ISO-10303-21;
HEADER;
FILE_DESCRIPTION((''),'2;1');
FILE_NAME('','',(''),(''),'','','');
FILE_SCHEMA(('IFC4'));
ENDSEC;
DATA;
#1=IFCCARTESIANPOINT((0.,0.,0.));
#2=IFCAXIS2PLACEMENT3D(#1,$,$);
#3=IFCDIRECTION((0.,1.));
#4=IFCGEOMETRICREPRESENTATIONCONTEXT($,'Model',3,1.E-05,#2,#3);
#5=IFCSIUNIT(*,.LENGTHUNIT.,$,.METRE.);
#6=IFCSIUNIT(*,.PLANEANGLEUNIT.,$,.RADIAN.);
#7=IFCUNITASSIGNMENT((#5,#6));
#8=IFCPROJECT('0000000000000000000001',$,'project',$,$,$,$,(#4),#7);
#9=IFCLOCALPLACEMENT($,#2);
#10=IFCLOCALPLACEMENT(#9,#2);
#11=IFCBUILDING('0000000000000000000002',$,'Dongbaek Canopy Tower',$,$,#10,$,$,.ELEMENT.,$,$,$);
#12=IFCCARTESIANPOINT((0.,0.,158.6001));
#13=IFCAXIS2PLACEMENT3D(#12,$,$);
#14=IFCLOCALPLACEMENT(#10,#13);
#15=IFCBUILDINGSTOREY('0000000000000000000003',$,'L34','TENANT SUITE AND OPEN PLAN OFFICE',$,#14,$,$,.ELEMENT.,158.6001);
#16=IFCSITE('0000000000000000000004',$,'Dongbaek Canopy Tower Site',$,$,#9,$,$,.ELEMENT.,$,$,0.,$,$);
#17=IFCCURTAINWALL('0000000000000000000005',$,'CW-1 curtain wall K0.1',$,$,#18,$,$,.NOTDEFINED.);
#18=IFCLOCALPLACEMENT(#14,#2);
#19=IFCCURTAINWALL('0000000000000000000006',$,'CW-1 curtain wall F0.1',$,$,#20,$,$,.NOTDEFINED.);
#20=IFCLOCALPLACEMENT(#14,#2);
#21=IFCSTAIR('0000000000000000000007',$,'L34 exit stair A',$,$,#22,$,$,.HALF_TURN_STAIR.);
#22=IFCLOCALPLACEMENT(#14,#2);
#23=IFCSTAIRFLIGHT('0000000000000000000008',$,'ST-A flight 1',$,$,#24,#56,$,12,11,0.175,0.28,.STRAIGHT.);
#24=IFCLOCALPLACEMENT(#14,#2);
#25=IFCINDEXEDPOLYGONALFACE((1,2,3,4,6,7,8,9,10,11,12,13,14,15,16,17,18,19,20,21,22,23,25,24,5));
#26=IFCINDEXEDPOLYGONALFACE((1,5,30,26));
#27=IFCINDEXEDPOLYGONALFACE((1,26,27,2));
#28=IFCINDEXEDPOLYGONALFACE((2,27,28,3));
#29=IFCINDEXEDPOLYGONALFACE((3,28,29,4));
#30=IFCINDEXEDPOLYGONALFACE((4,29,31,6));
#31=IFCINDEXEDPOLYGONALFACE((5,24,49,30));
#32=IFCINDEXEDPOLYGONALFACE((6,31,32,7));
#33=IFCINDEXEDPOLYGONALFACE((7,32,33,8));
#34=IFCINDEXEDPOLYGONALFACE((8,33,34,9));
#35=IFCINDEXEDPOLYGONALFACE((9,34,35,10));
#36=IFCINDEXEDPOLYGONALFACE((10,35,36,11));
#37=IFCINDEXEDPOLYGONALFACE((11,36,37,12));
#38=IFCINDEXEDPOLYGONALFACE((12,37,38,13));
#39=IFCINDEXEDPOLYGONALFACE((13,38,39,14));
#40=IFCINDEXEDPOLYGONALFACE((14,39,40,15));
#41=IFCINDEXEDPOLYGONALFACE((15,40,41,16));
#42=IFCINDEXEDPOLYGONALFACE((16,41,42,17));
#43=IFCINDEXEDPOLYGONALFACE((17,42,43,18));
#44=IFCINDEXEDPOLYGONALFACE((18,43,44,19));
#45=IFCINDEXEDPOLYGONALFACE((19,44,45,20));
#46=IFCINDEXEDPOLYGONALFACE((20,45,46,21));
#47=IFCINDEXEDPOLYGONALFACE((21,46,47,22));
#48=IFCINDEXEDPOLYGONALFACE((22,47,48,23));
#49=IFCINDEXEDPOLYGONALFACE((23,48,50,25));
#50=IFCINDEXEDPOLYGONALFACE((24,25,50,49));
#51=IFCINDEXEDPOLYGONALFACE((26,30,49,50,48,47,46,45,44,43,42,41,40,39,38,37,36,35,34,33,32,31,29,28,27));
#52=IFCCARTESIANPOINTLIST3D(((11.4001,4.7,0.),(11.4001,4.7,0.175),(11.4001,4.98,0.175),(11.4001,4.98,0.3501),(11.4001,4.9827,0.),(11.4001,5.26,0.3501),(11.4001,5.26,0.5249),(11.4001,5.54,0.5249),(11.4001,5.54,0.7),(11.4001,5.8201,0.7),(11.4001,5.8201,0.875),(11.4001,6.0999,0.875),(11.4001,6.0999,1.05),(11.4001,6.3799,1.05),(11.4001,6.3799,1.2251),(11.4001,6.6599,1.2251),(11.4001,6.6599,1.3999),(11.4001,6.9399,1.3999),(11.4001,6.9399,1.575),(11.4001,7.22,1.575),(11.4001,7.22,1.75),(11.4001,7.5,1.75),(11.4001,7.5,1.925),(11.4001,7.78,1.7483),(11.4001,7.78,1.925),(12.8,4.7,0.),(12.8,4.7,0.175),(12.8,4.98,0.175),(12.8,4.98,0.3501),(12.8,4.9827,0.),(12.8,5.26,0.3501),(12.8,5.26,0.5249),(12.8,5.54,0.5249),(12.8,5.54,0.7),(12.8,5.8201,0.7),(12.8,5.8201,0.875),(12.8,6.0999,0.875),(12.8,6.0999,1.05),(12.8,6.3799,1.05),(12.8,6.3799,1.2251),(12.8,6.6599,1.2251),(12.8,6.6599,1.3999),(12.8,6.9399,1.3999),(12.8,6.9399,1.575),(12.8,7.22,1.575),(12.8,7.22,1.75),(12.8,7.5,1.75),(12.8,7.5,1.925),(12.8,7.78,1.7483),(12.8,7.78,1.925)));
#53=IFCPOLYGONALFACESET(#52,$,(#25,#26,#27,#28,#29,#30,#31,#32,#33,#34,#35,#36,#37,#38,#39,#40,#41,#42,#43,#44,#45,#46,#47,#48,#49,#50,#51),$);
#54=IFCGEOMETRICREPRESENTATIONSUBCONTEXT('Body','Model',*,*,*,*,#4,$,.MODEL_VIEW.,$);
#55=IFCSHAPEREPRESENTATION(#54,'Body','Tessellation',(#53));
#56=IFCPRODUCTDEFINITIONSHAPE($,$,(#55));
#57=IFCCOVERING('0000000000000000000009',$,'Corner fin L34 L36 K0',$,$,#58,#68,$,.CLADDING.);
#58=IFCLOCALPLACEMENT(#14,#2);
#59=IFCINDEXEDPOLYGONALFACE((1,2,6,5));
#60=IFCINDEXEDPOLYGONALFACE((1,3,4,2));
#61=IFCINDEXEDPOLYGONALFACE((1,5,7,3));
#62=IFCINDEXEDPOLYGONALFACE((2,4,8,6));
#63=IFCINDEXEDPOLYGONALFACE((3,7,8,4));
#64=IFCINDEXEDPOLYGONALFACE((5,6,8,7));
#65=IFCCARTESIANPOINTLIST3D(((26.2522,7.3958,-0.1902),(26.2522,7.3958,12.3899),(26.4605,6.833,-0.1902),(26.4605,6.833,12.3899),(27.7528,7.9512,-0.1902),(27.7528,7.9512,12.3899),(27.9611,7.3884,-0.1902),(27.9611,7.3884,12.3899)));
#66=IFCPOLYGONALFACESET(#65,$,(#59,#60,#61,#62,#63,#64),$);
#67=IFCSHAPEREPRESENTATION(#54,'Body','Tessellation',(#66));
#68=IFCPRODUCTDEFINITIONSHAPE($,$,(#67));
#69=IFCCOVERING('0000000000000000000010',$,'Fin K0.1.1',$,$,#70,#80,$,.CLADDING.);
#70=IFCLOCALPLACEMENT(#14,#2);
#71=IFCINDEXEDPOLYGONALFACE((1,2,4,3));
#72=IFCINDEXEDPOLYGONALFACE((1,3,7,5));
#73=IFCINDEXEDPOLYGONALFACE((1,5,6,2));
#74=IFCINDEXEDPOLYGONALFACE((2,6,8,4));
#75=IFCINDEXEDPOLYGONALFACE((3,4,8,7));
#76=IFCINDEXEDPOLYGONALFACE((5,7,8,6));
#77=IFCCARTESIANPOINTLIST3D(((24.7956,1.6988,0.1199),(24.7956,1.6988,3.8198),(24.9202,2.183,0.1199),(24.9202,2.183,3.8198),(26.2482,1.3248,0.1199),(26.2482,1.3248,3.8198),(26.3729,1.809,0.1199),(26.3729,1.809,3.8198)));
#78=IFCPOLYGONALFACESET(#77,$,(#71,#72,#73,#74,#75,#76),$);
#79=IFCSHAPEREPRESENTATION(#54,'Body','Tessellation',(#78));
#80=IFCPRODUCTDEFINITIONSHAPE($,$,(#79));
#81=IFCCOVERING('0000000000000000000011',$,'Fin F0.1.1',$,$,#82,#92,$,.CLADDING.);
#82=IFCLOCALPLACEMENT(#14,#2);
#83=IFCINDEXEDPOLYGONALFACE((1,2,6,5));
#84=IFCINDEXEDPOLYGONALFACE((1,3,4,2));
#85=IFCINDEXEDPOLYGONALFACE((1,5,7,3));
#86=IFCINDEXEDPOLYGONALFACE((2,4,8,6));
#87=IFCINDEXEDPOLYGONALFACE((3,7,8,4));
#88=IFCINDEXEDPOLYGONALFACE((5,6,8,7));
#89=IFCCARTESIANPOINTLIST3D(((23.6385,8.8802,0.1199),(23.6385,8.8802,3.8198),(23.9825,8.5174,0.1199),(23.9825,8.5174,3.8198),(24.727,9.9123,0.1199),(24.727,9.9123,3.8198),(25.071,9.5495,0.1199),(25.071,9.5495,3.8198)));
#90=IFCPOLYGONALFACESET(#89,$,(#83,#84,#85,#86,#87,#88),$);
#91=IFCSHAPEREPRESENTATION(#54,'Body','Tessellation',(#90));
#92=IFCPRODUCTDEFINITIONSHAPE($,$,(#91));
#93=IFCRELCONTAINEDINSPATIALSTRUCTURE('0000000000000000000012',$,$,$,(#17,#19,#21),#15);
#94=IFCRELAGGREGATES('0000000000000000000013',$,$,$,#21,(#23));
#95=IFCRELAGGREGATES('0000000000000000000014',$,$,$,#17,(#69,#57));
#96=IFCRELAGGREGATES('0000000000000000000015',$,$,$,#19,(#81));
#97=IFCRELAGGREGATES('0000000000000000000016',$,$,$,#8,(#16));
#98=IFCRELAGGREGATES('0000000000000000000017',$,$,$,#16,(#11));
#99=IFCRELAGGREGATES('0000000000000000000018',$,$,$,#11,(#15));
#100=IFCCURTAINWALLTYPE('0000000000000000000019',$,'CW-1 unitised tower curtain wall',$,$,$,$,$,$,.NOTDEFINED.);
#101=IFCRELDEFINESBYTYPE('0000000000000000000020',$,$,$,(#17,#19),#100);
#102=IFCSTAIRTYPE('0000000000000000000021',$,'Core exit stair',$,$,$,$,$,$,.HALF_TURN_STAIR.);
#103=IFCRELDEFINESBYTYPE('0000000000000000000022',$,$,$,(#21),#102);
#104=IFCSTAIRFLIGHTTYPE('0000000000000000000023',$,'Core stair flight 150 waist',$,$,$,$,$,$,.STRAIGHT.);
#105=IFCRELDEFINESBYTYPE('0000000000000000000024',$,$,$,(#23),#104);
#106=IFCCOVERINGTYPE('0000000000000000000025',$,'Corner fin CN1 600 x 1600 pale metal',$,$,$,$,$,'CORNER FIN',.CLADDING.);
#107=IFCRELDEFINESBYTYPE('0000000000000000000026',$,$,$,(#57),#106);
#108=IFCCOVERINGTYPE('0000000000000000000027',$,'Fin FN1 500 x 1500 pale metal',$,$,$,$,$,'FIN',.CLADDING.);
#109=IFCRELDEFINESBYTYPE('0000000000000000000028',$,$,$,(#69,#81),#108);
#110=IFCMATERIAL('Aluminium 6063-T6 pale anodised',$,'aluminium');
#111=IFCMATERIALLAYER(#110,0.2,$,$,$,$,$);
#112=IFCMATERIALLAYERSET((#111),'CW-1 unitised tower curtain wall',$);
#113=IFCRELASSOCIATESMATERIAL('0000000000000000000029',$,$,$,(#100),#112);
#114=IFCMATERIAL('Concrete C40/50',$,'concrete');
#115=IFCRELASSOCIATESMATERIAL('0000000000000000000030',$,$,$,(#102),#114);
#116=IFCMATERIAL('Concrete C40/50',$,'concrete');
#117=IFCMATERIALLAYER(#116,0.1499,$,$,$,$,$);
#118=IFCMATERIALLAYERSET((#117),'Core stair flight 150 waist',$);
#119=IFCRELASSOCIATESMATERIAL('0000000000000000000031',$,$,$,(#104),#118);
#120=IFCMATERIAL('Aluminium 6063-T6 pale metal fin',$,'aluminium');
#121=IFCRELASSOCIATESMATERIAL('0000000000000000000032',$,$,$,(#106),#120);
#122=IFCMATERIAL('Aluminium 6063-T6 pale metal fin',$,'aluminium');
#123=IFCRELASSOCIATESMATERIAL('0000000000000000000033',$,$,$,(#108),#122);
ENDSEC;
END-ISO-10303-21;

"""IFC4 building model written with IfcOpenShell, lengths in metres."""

from ifc_helpers import new_model, si_unit, direction, frame, origin, origin_2d, place, context, subcontext, project, spatial, polyline, rectangle, outline, extrude, material, layer, layer_set, material_profile, profile_set, type_object, element, aggregate, save


model = new_model("IFC4")

# Units and contexts
model_context = context("Model", 3, precision=1e-05, world=origin(), true_north=direction((0.0, 1.0)))
body_context = subcontext(model_context, "Body", "Model", "MODEL_VIEW")
ifc_project = project(units=[si_unit("LENGTHUNIT", "METRE"), si_unit("PLANEANGLEUNIT", "RADIAN")], contexts=[model_context])

# Site, building, storey
site_placement = place(None, origin())
site = spatial("IfcSite", under=ifc_project, at=site_placement, Name="Dongbaek Canopy Tower Site", CompositionType="ELEMENT", RefElevation=0.0)
building_placement = place(site_placement, origin())
building = spatial("IfcBuilding", under=site, at=building_placement, Name="Dongbaek Canopy Tower", CompositionType="ELEMENT")
storey_placement = place(building_placement, frame((0.0, 0.0, 158.6001)))
storey = spatial("IfcBuildingStorey", under=building, at=storey_placement, Name="L34", Description="TENANT SUITE AND OPEN PLAN OFFICE", CompositionType="ELEMENT", Elevation=158.6001)

# Curtain wall
ifc_material_1 = material(Name="Aluminium 6063-T6 pale anodised", Category="aluminium")
ifc_layer_1 = layer(ifc_material_1, 0.2)
ifc_layer_set_1 = layer_set([ifc_layer_1], Name="CW-1 unitised tower curtain wall")
curtain_wall_type = type_object("IfcCurtainWallType", Name="CW-1 unitised tower curtain wall", PredefinedType="NOTDEFINED", material=ifc_layer_set_1)
curtain_wall_1_placement = place(storey_placement, origin())
curtain_wall_1 = element("IfcCurtainWall", 1, at=curtain_wall_1_placement, inside=storey, type_object=curtain_wall_type, Name="CW-1 curtain wall K0.1", PredefinedType="NOTDEFINED")

# Curtain wall
curtain_wall_2_placement = place(storey_placement, origin())
curtain_wall_2 = element("IfcCurtainWall", 2, at=curtain_wall_2_placement, inside=storey, type_object=curtain_wall_type, Name="CW-1 curtain wall F0.1", PredefinedType="NOTDEFINED")

# Stair, stair flight
ifc_material_2 = material(Name="Concrete C40/50", Category="concrete")
stair_type = type_object("IfcStairType", Name="Core exit stair", PredefinedType="HALF_TURN_STAIR", material=ifc_material_2)
stair_placement = place(storey_placement, origin())
stair = element("IfcStair", 3, at=stair_placement, inside=storey, type_object=stair_type, Name="L34 exit stair A", PredefinedType="HALF_TURN_STAIR")
ifc_material_3 = material(Name="Concrete C40/50", Category="concrete")
ifc_layer_2 = layer(ifc_material_3, 0.1499)
ifc_layer_set_2 = layer_set([ifc_layer_2], Name="Core stair flight 150 waist")
stair_flight_type = type_object("IfcStairFlightType", Name="Core stair flight 150 waist", PredefinedType="STRAIGHT", material=ifc_layer_set_2)
stair_flight_placement = place(storey_placement, frame((12.1001, 4.7, 0.0), z_axis=(0.0, 0.0, 1.0), x_axis=(0.0, 1.0, 0.0)))
stair_flight = element("IfcStairFlight", 4, at=stair_flight_placement, type_object=stair_flight_type, Name="ST-A flight 1", NumberOfRisers=12, NumberOfTreads=11, PredefinedType="STRAIGHT", RiserHeight=0.175, TreadLength=0.28, context=body_context, shape_type="SweptSolid", body=[
    extrude(outline(polyline([(0.0, 0.0), (0.0, 0.175), (0.28, 0.175), (0.28, 0.3501), (0.5601, 0.3501), (0.5601, 0.5249), (0.8401, 0.5249), (0.8401, 0.7), (1.1201, 0.7), (1.1201, 0.875), (1.3999, 0.875), (1.3999, 1.05), (1.6799, 1.05), (1.6799, 1.2251), (1.96, 1.2251), (1.96, 1.3999), (2.24, 1.3999), (2.24, 1.575), (2.52, 1.575), (2.52, 1.75), (2.8, 1.75), (2.8, 1.925), (3.0801, 1.925), (3.0801, 2.1001), (3.0801, 1.7483), (0.2827, 0.0), (0.0, 0.0)])), frame((0.0, 0.7, 0.0), z_axis=(0.0, -1.0, 0.0), x_axis=(1.0, 0.0, 0.0)), (0.0, 0.0, 1.0), 1.3999),
])
aggregate(stair, [stair_flight])

# Coverings
ifc_material_4 = material(Name="Aluminium 6063-T6 pale metal fin", Category="aluminium")
ifc_material_profile_1 = material_profile(ifc_material_4, rectangle(XDim=1.6001, YDim=0.6001, at=origin_2d()), Name="Corner fin CN1 600 x 1600 pale metal")
ifc_profile_set_1 = profile_set([ifc_material_profile_1], Name="Aluminium 6063-T6 pale metal fin")
covering_type_1 = type_object("IfcCoveringType", Name="Corner fin CN1 600 x 1600 pale metal", ElementType="CORNER FIN", PredefinedType="CLADDING", material=ifc_profile_set_1)
covering_1_placement = place(storey_placement, frame((27.1067, 7.3921, -0.1902), z_axis=(0.0, 0.0, 1.0), x_axis=(0.937824, 0.347111, 0.0)))
covering_1 = element("IfcCovering", 5, at=covering_1_placement, type_object=covering_type_1, Name="Corner fin L34 L36 K0", PredefinedType="CLADDING", context=body_context, shape_type="SweptSolid", body=[
    extrude(rectangle(XDim=1.6001, YDim=0.6001, at=origin_2d()), origin(), (0.0, 0.0, 1.0), 12.5801),
])
ifc_material_5 = material(Name="Aluminium 6063-T6 pale metal fin", Category="aluminium")
ifc_material_profile_2 = material_profile(ifc_material_5, rectangle(XDim=1.5, YDim=0.5, at=origin_2d()), Name="Fin FN1 500 x 1500 pale metal")
ifc_profile_set_2 = profile_set([ifc_material_profile_2], Name="Aluminium 6063-T6 pale metal fin")
covering_type_2 = type_object("IfcCoveringType", Name="Fin FN1 500 x 1500 pale metal", ElementType="FIN", PredefinedType="CLADDING", material=ifc_profile_set_2)
covering_2_placement = place(storey_placement, frame((25.5842, 1.7539, 0.1199), z_axis=(0.0, 0.0, 1.0), x_axis=(0.968425, -0.249305, 0.0)))
covering_2 = element("IfcCovering", 6, at=covering_2_placement, type_object=covering_type_2, Name="Fin K0.1.1", PredefinedType="CLADDING", context=body_context, shape_type="SweptSolid", body=[
    extrude(rectangle(XDim=1.5, YDim=0.5, at=origin_2d()), origin(), (0.0, 0.0, 1.0), 3.7),
])
aggregate(curtain_wall_1, [covering_2, covering_1])
covering_3_placement = place(storey_placement, frame((24.3547, 9.2148, 0.1199), z_axis=(0.0, 0.0, 1.0), x_axis=(0.72567, 0.688043, 0.0)))
covering_3 = element("IfcCovering", 7, at=covering_3_placement, type_object=covering_type_2, Name="Fin F0.1.1", PredefinedType="CLADDING", context=body_context, shape_type="SweptSolid", body=[
    extrude(rectangle(XDim=1.5, YDim=0.5, at=origin_2d()), origin(), (0.0, 0.0, 1.0), 3.7),
])
aggregate(curtain_wall_2, [covering_3])

save(model, "model.ifc")
